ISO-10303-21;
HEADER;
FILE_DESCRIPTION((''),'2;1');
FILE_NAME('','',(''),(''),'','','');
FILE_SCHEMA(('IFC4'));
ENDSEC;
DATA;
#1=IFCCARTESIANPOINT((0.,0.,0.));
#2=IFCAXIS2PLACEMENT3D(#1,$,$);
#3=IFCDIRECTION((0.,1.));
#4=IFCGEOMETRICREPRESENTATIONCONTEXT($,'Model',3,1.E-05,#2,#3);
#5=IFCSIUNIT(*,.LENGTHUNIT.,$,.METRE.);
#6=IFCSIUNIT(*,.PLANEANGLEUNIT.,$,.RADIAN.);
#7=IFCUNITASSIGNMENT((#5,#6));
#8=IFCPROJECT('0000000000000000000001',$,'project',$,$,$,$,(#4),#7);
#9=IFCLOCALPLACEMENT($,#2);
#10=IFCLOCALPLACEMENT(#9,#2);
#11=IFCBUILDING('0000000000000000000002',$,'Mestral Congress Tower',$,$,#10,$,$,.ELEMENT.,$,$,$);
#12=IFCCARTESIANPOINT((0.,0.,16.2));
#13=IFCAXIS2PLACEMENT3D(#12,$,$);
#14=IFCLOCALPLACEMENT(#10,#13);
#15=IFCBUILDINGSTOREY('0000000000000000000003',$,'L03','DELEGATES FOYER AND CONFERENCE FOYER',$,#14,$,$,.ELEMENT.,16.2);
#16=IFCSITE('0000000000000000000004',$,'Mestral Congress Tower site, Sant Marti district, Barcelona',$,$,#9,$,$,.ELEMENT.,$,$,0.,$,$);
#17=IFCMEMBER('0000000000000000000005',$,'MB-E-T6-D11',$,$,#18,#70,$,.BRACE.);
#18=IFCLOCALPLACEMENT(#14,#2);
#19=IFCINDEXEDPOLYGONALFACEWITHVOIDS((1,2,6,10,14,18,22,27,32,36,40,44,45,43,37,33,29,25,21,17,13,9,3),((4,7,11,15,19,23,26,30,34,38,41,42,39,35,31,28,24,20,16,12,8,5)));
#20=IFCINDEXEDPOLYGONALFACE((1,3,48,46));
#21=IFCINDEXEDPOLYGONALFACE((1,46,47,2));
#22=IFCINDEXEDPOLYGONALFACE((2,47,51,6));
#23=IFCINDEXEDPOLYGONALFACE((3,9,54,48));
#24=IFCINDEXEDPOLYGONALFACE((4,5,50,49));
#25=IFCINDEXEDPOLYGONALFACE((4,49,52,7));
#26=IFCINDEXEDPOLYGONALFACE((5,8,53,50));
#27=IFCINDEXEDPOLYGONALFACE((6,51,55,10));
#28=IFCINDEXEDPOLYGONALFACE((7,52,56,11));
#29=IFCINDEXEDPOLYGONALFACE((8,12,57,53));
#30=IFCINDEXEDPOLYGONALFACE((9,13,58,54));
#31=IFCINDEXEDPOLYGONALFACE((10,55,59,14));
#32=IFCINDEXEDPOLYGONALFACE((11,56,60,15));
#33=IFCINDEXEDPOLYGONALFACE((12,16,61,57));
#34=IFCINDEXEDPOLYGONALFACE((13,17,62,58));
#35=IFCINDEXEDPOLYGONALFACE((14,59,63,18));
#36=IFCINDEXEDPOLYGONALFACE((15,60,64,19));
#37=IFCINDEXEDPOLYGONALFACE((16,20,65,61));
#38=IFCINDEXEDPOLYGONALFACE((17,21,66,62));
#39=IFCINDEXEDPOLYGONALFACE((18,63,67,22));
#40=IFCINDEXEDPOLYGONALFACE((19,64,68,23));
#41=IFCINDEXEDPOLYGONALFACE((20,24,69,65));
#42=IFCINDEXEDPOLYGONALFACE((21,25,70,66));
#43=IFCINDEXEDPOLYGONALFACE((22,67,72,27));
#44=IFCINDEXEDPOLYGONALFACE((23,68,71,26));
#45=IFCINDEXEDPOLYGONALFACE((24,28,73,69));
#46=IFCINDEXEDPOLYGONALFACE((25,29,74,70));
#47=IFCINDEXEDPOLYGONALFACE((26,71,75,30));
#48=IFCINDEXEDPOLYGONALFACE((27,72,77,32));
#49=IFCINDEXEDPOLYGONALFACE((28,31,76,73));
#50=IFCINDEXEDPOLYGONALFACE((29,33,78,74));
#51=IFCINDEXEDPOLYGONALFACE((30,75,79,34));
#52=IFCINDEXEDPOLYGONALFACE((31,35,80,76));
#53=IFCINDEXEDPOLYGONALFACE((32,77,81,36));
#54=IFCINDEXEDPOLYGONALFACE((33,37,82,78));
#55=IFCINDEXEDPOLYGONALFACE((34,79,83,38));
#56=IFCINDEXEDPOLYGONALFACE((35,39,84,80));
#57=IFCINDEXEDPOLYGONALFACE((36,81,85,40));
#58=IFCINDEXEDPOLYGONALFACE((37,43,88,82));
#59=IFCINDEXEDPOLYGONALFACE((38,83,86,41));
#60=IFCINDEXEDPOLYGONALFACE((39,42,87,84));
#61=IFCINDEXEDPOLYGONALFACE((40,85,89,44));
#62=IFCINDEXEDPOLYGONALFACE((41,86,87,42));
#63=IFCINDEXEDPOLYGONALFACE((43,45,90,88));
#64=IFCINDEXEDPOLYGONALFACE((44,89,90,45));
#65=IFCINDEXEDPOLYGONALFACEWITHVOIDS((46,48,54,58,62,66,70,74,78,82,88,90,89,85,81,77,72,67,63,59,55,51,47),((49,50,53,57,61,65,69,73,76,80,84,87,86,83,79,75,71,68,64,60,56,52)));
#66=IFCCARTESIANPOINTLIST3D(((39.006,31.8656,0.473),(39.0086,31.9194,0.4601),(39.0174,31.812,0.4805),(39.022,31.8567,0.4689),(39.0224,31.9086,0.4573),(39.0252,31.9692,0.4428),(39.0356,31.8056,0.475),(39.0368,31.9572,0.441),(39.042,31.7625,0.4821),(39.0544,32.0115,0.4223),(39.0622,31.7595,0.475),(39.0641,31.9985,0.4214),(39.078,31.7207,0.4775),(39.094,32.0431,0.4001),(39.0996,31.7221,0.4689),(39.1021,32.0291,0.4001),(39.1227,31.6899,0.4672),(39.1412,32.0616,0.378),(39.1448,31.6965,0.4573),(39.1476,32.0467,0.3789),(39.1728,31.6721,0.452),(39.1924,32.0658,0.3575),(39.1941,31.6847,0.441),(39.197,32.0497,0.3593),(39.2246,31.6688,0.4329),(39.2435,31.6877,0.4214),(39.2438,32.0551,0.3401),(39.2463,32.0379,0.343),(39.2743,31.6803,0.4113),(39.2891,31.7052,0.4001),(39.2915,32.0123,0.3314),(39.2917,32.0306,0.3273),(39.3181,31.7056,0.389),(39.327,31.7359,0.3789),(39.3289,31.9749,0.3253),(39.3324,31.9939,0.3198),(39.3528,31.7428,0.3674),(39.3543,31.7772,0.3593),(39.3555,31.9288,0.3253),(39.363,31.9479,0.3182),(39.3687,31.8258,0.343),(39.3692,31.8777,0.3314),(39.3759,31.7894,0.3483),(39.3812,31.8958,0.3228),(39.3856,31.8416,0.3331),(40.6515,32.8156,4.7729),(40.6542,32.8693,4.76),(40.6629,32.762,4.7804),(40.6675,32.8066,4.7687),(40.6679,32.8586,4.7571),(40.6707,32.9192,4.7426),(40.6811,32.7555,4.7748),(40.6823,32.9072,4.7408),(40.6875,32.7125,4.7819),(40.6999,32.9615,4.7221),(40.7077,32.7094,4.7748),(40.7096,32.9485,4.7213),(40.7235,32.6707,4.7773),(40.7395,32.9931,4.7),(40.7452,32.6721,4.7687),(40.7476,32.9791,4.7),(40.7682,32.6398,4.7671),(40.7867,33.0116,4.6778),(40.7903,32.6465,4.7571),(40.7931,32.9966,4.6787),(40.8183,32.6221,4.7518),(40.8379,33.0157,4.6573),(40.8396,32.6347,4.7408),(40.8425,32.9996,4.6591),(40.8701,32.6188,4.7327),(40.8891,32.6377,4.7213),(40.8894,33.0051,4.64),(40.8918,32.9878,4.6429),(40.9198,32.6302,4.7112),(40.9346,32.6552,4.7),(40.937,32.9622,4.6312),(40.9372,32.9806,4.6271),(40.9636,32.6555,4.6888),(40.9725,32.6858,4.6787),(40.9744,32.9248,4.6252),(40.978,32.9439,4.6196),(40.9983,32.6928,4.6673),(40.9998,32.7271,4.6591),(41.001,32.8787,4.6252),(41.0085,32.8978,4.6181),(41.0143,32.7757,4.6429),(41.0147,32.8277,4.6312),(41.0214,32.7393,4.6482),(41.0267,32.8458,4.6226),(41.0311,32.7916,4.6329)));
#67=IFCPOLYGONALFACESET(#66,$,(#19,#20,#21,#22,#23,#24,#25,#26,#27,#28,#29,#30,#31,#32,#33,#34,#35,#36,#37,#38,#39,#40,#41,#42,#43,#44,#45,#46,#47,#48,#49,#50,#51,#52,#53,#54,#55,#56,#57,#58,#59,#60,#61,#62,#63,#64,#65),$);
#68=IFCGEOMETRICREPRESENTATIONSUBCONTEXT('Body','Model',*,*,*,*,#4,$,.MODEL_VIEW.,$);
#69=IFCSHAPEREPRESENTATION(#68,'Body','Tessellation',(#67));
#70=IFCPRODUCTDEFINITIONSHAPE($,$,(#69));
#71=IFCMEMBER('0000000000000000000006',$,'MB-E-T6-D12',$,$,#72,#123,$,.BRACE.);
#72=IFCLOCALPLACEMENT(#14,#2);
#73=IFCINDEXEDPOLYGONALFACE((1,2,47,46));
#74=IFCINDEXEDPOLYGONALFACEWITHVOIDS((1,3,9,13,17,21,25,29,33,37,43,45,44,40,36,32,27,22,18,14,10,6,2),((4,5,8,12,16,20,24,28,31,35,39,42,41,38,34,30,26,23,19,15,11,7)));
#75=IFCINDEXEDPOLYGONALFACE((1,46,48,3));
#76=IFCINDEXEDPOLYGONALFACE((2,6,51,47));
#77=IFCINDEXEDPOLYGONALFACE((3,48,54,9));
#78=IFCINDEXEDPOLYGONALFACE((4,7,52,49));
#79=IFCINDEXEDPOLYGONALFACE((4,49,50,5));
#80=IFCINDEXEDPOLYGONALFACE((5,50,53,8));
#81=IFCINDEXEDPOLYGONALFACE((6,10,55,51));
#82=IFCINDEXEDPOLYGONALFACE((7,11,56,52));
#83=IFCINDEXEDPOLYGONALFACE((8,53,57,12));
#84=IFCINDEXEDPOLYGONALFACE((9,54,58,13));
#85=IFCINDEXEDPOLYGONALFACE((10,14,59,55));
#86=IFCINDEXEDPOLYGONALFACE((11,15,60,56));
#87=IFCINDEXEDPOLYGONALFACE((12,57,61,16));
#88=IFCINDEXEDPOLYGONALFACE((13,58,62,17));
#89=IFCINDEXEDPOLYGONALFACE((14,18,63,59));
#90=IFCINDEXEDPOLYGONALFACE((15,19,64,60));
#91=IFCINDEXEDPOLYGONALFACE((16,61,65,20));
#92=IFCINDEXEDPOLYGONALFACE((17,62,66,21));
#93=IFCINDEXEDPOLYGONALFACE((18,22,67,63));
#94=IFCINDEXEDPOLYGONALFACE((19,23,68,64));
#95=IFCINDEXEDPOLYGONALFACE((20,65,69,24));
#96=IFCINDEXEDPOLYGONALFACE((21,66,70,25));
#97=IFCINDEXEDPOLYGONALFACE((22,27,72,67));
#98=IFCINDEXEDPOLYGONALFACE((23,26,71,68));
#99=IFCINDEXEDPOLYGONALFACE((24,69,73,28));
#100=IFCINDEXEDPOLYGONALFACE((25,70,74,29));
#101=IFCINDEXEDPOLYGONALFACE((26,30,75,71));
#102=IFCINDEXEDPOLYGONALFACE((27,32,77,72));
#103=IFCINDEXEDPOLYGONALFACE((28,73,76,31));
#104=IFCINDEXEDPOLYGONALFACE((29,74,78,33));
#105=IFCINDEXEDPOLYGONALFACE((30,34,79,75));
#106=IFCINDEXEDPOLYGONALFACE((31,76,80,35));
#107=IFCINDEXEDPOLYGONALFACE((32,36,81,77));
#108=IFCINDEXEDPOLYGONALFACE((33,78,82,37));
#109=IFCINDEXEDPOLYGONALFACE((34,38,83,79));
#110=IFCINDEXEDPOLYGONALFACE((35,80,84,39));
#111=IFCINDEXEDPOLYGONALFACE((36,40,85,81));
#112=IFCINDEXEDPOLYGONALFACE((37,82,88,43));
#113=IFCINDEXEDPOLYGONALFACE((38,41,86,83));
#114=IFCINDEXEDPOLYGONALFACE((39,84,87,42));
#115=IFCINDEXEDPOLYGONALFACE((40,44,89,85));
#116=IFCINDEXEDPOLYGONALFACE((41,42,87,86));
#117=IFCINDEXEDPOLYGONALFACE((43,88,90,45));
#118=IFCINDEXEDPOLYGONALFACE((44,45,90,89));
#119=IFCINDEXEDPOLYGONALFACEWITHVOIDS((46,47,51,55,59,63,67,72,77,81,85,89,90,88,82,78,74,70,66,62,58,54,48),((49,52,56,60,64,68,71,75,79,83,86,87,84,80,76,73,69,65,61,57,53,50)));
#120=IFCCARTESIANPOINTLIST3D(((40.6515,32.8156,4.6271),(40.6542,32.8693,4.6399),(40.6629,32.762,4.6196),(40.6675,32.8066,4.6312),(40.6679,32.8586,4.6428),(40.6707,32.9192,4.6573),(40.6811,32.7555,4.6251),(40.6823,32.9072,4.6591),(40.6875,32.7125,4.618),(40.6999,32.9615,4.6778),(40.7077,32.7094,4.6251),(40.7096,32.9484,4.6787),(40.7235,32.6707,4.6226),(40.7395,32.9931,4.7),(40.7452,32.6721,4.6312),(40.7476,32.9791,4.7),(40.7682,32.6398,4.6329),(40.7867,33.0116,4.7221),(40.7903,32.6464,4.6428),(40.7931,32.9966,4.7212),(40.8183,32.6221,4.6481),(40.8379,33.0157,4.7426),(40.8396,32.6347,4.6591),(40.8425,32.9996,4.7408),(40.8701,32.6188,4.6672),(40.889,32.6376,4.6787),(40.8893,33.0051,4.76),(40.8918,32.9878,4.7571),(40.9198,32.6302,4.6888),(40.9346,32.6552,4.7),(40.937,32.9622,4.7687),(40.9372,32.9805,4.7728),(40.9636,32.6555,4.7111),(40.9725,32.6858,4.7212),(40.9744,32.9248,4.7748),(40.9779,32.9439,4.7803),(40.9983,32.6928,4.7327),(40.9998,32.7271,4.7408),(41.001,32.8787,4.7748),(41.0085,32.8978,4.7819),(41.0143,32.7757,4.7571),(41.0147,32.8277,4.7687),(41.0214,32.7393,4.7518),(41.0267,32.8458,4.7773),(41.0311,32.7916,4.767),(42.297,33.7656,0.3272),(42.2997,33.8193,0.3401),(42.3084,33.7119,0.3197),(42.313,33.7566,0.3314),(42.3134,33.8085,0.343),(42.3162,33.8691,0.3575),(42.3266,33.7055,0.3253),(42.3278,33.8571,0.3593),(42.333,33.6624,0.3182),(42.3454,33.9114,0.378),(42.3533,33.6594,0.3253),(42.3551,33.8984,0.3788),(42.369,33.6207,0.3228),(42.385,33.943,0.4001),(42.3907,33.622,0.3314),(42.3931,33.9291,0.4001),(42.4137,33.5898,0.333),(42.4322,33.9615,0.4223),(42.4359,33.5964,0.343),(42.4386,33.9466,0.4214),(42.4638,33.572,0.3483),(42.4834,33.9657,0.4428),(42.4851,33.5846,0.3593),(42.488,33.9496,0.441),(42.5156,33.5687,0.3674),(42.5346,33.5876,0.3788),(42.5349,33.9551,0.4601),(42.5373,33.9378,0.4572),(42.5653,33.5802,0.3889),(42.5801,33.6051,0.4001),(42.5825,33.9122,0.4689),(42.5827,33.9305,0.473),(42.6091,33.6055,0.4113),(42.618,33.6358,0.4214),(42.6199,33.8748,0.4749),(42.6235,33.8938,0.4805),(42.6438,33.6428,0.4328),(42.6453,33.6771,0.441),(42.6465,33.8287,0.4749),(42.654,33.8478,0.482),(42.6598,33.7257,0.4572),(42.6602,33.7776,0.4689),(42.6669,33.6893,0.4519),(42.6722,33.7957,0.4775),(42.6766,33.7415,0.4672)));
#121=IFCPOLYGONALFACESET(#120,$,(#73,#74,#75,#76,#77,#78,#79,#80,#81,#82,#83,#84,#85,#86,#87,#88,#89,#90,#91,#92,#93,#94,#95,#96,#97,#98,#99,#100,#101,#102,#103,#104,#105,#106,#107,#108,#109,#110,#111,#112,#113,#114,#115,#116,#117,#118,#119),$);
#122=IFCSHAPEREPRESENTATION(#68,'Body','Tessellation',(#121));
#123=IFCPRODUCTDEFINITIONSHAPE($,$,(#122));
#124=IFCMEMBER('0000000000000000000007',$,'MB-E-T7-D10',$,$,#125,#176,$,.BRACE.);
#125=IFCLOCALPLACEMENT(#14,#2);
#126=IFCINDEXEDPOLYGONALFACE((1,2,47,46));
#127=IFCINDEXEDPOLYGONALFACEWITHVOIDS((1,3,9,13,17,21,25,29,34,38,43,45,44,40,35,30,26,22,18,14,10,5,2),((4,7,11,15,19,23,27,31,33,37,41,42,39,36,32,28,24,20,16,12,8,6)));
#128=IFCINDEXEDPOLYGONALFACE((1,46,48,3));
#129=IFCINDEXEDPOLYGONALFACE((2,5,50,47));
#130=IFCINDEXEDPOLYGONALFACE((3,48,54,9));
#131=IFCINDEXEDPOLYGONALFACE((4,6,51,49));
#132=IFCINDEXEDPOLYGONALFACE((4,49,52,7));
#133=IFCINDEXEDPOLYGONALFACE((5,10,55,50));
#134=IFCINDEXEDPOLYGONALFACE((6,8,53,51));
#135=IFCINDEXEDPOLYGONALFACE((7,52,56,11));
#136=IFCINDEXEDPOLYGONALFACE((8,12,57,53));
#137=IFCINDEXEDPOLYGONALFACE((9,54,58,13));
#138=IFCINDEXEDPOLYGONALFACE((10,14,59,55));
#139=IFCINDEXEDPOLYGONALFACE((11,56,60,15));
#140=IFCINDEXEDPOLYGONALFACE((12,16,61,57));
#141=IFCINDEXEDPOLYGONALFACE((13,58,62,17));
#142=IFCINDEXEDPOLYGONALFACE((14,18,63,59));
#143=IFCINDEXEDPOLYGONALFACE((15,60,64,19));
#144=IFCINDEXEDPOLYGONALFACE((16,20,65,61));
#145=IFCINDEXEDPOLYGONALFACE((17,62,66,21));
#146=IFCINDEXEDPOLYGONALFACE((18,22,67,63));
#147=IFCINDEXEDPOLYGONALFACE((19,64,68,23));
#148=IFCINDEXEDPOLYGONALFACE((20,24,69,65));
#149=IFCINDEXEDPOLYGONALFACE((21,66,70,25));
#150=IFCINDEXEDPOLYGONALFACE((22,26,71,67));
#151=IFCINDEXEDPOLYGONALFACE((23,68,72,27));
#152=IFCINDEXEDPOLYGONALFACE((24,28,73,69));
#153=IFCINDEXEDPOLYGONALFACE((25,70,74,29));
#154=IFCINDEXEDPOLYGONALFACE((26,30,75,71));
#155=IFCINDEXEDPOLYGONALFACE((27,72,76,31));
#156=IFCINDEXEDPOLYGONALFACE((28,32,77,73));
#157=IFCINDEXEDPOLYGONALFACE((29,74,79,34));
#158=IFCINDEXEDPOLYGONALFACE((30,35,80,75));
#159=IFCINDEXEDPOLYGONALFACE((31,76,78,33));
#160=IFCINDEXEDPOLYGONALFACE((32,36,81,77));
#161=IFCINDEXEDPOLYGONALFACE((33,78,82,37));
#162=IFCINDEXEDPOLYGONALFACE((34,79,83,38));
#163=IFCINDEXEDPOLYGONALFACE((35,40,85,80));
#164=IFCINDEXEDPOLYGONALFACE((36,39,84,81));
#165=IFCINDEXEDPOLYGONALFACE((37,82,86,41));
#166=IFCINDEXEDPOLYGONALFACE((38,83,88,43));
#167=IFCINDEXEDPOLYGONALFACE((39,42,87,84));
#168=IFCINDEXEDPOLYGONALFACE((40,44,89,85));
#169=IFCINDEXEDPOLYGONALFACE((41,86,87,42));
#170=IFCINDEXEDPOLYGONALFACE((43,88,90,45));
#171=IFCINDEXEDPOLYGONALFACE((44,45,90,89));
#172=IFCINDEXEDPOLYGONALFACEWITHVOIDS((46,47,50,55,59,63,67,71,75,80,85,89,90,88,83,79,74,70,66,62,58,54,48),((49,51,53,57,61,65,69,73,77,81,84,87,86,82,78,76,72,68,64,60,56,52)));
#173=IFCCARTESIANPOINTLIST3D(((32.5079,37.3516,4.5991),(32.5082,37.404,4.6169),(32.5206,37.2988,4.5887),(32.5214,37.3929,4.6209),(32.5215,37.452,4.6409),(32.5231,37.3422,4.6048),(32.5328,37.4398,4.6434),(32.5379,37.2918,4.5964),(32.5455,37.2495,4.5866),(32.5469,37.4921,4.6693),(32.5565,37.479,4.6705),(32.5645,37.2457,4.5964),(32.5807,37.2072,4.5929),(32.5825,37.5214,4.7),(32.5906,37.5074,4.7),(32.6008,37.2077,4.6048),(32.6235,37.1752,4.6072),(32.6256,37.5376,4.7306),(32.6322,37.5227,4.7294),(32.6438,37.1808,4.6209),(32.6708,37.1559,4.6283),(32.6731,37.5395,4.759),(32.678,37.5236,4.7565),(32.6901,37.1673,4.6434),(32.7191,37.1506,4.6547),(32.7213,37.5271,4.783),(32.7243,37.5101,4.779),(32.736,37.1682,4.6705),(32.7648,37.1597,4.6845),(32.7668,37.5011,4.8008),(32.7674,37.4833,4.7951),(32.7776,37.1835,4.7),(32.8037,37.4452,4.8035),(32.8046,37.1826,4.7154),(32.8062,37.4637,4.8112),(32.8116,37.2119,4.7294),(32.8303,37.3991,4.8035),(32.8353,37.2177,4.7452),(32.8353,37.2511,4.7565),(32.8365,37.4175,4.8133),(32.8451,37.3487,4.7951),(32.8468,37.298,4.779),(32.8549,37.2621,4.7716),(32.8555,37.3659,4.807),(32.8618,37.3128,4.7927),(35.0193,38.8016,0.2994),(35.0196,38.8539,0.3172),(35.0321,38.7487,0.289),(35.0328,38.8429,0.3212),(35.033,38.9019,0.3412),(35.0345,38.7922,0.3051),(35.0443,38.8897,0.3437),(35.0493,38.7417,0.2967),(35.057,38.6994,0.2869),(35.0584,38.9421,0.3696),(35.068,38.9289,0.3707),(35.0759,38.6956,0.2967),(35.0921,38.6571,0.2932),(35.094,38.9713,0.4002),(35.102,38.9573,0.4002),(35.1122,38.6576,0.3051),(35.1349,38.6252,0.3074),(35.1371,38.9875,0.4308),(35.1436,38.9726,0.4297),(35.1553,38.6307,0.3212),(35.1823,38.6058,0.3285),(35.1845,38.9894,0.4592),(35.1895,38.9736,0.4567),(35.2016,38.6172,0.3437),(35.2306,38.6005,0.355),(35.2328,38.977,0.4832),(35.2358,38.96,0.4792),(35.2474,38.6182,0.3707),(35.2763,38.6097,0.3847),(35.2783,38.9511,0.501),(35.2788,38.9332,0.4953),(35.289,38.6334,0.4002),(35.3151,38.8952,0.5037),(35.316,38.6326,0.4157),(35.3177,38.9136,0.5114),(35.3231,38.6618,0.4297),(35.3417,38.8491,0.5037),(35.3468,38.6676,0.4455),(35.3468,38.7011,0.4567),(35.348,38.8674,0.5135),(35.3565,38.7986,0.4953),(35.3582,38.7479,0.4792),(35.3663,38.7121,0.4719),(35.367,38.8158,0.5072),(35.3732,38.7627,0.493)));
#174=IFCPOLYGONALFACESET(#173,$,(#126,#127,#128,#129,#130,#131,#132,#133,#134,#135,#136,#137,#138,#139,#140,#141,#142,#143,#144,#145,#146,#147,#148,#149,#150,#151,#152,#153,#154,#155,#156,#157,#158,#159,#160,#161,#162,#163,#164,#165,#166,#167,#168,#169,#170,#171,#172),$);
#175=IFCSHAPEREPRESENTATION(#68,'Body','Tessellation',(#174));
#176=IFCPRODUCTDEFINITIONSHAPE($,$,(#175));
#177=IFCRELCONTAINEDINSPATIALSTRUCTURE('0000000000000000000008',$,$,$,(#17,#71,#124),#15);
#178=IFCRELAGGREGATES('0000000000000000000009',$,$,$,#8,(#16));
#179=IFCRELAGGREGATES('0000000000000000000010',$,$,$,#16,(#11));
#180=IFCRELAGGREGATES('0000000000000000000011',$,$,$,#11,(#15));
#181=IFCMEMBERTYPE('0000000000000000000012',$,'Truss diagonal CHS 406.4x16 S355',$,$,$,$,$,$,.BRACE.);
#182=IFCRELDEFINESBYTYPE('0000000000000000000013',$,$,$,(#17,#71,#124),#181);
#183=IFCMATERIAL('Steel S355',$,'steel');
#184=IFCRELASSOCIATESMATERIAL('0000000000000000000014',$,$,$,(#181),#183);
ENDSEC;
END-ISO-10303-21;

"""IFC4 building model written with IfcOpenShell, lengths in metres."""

from ifc_helpers import new_model, si_unit, direction, frame, origin, origin_2d, place, context, subcontext, project, spatial, hollow_circle, extrude, material, material_profile, profile_set, type_object, element, save


model = new_model("IFC4")

# Units and contexts
model_context = context("Model", 3, precision=1e-05, world=origin(), true_north=direction((0.0, 1.0)))
body_context = subcontext(model_context, "Body", "Model", "MODEL_VIEW")
ifc_project = project(units=[si_unit("LENGTHUNIT", "METRE"), si_unit("PLANEANGLEUNIT", "RADIAN")], contexts=[model_context])

# Site, building, storey
site_placement = place(None, origin())
site = spatial("IfcSite", under=ifc_project, at=site_placement, Name="Mestral Congress Tower site, Sant Marti district, Barcelona", CompositionType="ELEMENT", RefElevation=0.0)
building_placement = place(site_placement, origin())
building = spatial("IfcBuilding", under=site, at=building_placement, Name="Mestral Congress Tower", CompositionType="ELEMENT")
storey_placement = place(building_placement, frame((0.0, 0.0, 16.2)))
storey = spatial("IfcBuildingStorey", under=building, at=storey_placement, Name="L03", Description="DELEGATES FOYER AND CONFERENCE FOYER", CompositionType="ELEMENT", Elevation=16.2)

# Members
ifc_material = material(Name="Steel S355", Category="steel")
ifc_material_profile_1 = material_profile(ifc_material, hollow_circle(Radius=0.2031, WallThickness=0.0161, at=origin_2d()), Name="CHS 406.4x16")
ifc_profile_set_1 = profile_set([ifc_material_profile_1], Name="Steel S355")
member_type_1 = type_object("IfcMemberType", Name="Truss diagonal CHS 406.4x16 S355", PredefinedType="BRACE", material=ifc_profile_set_1)
for number, where, z_axis, x_axis, name in (
    (1, (39.1956, 31.8672, 0.4001), (0.350041, 0.202079, 0.914678), (-0.499967, 0.866044, 0.0), "MB-E-T6-D11"),
    (2, (40.8411, 32.8171, 4.7), (0.350041, 0.202079, -0.914678), (-0.499967, 0.866044, 0.0), "MB-E-T6-D12"),
):
    element("IfcMember", number, at=place(storey_placement, frame(where, z_axis=z_axis, x_axis=x_axis)), inside=storey, type_object=member_type_1, Name=name, PredefinedType="BRACE", context=body_context, shape_type="SweptSolid", body=[
        extrude(hollow_circle(Radius=0.2031, WallThickness=0.0161, at=origin_2d()), origin(), (0.0, 0.0, 1.0), 4.7009),
    ])
member_1_placement = place(storey_placement, frame((32.6841, 37.3455, 4.7), z_axis=(0.484247, 0.279571, -0.829062), x_axis=(-0.499987, 0.866033, 0.0)))
element("IfcMember", 3, at=member_1_placement, inside=storey, type_object=member_type_1, Name="MB-E-T7-D10", PredefinedType="BRACE", context=body_context, shape_type="SweptSolid", body=[
    extrude(hollow_circle(Radius=0.2031, WallThickness=0.0161, at=origin_2d()), origin(), (0.0, 0.0, 1.0), 5.1863),
])

save(model, "model.ifc")
